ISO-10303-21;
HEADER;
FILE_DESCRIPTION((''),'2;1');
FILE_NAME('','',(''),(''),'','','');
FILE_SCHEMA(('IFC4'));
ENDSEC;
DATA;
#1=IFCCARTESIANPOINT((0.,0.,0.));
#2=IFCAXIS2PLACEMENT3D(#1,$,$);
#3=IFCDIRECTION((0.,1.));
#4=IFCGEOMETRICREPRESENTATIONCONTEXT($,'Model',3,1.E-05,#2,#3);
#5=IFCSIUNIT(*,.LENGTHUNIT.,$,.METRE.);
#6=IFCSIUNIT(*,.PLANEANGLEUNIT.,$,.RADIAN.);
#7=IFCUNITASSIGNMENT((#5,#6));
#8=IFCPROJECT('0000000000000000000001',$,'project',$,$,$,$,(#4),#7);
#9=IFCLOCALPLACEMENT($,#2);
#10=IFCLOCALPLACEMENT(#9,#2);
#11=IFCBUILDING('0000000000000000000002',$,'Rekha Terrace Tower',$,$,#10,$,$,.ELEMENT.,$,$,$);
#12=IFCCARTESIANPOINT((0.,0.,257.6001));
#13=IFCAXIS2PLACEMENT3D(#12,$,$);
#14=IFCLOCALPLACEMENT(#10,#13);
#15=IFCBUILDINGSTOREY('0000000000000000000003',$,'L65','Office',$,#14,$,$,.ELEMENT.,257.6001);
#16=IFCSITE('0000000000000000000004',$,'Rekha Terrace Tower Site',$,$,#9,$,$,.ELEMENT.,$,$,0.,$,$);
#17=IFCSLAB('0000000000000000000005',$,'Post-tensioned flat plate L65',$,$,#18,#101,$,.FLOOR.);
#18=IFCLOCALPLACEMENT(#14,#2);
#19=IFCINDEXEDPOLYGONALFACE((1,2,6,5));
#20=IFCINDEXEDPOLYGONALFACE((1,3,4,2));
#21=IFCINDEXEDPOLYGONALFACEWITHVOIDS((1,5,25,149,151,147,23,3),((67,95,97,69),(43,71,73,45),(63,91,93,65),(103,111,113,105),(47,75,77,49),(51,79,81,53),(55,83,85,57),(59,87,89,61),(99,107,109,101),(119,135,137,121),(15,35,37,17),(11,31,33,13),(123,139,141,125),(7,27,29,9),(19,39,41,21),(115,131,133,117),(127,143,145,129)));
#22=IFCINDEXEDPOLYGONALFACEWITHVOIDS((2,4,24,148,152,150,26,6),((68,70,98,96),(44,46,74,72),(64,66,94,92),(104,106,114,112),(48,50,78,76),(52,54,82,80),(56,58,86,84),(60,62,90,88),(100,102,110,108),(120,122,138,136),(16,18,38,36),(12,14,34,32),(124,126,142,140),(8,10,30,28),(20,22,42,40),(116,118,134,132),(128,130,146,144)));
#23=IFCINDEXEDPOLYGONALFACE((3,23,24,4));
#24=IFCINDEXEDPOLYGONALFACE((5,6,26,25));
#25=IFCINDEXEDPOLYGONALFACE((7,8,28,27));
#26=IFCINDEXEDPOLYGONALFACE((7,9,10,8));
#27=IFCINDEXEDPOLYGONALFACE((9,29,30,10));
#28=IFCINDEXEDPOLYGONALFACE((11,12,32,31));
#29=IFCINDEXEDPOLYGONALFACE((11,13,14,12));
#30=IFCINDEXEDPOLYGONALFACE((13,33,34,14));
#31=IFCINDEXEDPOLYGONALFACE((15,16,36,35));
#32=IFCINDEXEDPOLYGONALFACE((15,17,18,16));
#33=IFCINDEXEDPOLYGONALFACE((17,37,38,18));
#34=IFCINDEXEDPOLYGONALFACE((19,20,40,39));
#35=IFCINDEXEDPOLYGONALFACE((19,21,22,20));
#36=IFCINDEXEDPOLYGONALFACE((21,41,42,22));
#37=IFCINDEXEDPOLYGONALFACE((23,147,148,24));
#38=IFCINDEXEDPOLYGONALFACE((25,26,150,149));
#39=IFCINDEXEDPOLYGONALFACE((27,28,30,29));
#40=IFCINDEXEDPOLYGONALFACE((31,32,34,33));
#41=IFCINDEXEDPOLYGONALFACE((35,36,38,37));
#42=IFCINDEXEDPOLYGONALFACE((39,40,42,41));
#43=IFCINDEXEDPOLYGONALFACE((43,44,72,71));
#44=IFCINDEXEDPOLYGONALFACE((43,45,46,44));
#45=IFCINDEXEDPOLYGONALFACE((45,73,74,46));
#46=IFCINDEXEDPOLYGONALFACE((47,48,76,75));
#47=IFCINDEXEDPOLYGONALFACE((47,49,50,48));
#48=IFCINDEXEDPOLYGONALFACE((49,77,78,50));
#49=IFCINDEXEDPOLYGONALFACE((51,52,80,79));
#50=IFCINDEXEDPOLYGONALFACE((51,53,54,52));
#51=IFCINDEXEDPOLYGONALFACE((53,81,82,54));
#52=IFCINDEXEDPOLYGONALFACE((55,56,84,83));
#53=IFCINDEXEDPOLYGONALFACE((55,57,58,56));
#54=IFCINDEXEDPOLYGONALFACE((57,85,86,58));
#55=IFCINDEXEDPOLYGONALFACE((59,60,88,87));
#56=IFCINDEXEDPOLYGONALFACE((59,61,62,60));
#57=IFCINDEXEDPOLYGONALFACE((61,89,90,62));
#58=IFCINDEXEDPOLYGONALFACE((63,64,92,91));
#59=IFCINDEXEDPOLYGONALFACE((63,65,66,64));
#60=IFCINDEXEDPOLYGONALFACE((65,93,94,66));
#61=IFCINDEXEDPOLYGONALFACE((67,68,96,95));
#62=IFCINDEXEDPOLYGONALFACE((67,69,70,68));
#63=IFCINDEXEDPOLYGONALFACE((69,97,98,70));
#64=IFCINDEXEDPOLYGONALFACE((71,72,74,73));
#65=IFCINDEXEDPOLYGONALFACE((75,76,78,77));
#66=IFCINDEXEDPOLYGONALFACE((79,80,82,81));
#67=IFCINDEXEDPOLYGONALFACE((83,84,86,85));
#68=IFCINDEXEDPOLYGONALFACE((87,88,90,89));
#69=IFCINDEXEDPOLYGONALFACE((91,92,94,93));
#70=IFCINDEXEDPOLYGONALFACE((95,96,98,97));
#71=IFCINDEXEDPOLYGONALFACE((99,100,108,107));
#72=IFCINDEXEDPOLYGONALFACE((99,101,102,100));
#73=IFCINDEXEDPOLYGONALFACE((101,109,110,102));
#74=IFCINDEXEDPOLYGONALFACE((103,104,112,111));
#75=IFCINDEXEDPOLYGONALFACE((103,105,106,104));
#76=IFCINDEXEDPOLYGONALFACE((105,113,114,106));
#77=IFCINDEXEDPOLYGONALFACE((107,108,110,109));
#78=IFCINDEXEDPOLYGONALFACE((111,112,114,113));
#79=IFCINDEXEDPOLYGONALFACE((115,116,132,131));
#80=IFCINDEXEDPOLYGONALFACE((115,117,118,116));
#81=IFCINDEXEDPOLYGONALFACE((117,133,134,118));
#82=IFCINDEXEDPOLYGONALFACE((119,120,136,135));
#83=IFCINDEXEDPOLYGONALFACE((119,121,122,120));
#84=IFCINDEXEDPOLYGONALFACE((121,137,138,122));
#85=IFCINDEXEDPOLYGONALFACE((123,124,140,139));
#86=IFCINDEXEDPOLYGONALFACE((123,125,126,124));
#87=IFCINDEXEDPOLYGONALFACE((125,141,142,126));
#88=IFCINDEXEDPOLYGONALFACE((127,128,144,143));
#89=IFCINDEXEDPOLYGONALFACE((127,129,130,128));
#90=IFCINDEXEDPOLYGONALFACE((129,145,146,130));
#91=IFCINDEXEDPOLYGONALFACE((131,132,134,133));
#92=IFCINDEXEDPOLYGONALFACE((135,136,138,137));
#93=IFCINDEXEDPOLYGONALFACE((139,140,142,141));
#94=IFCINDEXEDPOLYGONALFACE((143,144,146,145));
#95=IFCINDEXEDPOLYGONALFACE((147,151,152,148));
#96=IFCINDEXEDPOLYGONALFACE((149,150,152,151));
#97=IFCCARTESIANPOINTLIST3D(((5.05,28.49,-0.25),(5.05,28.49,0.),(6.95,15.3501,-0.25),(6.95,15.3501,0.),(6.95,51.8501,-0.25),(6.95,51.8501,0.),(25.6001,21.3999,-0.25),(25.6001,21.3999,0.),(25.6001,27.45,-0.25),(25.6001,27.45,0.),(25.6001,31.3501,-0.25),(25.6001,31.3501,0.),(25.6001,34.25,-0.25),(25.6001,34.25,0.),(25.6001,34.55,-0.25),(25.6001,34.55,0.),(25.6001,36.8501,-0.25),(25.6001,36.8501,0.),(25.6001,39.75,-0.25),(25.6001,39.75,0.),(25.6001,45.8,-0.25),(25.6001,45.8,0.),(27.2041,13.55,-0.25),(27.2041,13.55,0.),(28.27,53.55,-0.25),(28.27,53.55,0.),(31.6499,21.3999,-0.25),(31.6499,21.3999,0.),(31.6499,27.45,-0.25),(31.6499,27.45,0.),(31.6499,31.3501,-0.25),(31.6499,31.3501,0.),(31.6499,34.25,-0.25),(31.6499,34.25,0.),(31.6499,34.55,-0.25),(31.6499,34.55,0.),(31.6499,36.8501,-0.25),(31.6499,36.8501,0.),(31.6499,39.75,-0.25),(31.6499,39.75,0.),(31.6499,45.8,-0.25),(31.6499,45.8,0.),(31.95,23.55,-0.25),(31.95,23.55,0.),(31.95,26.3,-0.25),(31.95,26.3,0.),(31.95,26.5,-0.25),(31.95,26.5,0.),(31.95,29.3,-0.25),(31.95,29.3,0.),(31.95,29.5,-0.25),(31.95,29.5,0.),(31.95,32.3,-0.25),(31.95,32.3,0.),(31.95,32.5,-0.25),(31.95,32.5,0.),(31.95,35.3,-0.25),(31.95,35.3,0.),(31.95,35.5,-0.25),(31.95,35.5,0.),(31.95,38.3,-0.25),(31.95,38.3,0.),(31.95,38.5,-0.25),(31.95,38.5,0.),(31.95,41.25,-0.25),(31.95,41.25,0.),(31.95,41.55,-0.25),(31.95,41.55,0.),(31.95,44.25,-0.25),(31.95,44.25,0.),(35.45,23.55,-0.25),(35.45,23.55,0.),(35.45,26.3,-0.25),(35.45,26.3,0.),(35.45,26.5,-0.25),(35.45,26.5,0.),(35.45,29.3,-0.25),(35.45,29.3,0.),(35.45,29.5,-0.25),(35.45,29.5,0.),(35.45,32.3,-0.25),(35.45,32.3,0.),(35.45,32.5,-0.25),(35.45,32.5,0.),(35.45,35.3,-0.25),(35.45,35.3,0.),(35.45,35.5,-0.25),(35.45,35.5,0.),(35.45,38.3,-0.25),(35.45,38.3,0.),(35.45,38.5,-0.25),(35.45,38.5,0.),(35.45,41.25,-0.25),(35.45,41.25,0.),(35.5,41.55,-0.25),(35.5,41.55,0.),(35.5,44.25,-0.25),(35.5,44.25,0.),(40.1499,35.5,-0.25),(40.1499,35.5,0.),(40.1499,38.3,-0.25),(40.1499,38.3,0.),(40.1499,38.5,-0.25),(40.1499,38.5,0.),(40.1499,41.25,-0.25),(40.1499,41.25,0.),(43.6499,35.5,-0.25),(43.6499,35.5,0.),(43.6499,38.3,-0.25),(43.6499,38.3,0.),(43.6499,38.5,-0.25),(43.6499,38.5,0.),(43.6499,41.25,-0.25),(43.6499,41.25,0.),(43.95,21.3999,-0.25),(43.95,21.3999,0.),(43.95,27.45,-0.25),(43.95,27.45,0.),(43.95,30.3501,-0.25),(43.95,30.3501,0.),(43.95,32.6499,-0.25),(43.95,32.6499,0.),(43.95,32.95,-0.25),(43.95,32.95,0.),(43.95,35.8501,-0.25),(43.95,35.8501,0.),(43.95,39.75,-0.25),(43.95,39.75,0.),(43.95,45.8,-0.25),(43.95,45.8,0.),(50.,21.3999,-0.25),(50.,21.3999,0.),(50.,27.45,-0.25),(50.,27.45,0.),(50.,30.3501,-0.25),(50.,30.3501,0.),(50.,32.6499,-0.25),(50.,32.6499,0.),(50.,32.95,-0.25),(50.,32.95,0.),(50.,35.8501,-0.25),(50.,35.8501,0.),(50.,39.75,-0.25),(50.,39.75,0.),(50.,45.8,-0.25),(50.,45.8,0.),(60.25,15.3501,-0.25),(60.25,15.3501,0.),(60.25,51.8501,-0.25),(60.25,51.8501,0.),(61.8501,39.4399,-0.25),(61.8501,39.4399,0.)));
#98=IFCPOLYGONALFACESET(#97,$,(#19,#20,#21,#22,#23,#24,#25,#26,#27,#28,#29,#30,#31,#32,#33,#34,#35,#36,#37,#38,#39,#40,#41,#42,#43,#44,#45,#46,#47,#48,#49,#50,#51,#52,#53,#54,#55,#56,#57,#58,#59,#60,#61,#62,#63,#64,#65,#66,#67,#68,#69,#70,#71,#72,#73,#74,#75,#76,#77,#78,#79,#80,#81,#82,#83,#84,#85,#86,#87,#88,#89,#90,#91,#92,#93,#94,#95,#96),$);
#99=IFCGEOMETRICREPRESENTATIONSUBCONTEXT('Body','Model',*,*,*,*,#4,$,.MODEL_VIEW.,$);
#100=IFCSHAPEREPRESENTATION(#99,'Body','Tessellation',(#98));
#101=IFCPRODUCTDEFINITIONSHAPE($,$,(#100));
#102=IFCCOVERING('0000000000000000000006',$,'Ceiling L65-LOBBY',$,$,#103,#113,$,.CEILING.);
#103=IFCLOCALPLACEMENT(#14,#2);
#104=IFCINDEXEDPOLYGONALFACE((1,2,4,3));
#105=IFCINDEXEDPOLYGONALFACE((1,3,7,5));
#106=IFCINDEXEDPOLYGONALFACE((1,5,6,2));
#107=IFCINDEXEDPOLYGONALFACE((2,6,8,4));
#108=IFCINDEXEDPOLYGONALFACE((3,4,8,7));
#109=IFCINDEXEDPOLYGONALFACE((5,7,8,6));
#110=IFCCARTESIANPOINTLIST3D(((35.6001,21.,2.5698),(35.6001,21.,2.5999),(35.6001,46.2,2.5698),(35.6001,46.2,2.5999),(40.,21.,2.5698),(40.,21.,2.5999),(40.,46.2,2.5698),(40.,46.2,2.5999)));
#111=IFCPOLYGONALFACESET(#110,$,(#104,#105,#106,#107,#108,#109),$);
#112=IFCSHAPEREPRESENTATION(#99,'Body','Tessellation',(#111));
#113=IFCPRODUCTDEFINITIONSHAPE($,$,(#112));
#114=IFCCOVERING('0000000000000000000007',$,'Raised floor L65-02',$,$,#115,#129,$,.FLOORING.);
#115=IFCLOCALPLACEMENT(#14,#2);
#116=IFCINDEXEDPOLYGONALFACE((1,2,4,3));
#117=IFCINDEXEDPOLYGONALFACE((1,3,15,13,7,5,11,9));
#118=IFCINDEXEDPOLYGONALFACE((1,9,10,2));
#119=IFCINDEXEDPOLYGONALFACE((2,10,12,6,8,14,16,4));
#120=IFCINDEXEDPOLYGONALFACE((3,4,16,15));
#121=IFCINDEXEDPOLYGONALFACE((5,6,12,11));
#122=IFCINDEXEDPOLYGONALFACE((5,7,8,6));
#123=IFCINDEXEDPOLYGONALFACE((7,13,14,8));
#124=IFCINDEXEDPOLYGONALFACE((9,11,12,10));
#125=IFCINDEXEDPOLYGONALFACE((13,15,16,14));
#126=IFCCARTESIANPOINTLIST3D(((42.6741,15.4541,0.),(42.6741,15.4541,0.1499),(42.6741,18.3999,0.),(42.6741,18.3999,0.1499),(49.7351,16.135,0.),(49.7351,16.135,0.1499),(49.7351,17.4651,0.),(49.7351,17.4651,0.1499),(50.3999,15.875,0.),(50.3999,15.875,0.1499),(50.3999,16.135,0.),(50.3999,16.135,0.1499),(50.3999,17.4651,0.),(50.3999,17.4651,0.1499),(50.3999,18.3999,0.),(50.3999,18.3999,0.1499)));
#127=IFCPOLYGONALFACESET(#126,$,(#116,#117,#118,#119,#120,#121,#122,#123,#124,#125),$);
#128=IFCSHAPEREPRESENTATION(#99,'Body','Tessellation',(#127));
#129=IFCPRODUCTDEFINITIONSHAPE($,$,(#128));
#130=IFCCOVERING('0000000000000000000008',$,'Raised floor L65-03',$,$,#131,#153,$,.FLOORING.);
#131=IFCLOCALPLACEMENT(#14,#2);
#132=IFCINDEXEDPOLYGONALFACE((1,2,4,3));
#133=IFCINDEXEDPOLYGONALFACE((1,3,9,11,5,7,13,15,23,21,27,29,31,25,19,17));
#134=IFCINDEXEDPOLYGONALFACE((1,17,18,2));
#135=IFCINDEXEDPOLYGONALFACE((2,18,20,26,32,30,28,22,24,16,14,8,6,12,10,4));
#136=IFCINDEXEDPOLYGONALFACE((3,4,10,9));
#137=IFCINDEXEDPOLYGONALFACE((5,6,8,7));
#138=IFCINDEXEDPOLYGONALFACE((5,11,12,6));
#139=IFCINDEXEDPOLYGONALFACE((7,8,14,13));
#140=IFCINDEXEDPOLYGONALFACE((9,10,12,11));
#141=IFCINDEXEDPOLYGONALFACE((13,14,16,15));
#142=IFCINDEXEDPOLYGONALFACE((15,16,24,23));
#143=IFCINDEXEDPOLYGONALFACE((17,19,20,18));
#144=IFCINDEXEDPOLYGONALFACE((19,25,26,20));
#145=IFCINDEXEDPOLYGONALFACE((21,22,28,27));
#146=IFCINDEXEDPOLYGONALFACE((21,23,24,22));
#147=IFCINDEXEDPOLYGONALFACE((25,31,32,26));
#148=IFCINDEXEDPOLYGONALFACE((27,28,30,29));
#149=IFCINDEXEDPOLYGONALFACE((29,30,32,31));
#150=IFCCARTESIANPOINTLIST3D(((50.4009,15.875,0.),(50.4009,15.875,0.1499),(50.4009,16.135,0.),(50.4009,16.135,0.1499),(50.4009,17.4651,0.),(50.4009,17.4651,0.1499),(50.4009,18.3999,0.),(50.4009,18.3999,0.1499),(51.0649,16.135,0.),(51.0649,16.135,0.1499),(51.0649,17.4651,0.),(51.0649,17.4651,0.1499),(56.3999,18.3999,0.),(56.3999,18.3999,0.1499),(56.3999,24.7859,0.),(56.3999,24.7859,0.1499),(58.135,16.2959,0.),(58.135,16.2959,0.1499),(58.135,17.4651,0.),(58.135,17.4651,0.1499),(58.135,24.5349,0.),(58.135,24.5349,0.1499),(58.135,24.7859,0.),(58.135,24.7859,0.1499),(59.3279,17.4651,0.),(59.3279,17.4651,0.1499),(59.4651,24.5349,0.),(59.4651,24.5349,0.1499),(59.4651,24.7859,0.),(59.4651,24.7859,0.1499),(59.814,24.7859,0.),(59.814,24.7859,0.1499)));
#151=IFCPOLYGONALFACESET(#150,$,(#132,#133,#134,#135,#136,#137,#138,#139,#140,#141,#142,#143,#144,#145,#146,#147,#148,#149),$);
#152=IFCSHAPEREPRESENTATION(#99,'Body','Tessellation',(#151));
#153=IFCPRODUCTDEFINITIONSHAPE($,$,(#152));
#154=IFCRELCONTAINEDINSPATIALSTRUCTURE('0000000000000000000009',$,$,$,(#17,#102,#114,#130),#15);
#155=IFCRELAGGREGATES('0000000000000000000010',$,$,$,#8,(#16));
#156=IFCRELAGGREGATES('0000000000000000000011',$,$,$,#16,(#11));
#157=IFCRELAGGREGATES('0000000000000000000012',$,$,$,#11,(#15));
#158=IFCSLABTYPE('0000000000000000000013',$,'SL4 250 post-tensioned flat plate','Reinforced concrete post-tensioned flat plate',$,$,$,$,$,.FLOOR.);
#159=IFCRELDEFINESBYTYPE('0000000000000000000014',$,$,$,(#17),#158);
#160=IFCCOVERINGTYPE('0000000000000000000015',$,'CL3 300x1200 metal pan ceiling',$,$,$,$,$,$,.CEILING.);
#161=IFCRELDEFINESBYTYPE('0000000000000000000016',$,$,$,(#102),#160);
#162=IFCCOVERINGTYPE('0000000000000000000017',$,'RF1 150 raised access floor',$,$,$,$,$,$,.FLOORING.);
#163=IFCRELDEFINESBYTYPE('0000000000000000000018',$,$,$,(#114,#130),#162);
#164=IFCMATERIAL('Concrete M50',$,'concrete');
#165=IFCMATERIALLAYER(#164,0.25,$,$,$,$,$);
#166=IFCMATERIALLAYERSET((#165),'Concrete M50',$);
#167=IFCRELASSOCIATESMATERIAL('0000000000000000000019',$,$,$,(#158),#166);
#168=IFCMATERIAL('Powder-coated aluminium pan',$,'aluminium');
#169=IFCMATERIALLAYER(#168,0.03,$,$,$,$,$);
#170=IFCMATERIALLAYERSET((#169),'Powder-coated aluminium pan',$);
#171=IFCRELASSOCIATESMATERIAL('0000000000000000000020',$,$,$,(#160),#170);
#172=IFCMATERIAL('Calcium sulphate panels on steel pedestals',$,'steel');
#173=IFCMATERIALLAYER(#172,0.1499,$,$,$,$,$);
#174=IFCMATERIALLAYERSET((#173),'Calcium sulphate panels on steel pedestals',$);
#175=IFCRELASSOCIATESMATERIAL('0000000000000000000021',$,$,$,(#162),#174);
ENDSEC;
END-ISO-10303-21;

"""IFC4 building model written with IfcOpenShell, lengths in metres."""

from ifc_helpers import new_model, si_unit, direction, frame, origin, place, context, subcontext, project, spatial, polyline, outline, extrude, material, layer, layer_set, type_object, element, save


model = new_model("IFC4")

# Units and contexts
model_context = context("Model", 3, precision=1e-05, world=origin(), true_north=direction((0.0, 1.0)))
body_context = subcontext(model_context, "Body", "Model", "MODEL_VIEW")
ifc_project = project(units=[si_unit("LENGTHUNIT", "METRE"), si_unit("PLANEANGLEUNIT", "RADIAN")], contexts=[model_context])

# Site, building, storey
site_placement = place(None, origin())
site = spatial("IfcSite", under=ifc_project, at=site_placement, Name="Rekha Terrace Tower Site", CompositionType="ELEMENT", RefElevation=0.0)
building_placement = place(site_placement, origin())
building = spatial("IfcBuilding", under=site, at=building_placement, Name="Rekha Terrace Tower", CompositionType="ELEMENT")
storey_placement = place(building_placement, frame((0.0, 0.0, 257.6001)))
storey = spatial("IfcBuildingStorey", under=building, at=storey_placement, Name="L65", Description="Office", CompositionType="ELEMENT", Elevation=257.6001)

# Slab
ifc_material_1 = material(Name="Concrete M50", Category="concrete")
ifc_layer_1 = layer(ifc_material_1, 0.25)
ifc_layer_set_1 = layer_set([ifc_layer_1], Name="Concrete M50")
slab_type_1 = type_object("IfcSlabType", Name="SL4 250 post-tensioned flat plate", Description="Reinforced concrete post-tensioned flat plate", PredefinedType="FLOOR", material=ifc_layer_set_1)
slab_1_placement = place(storey_placement, frame((0.0, 0.0, -0.25)))
element("IfcSlab", 1, at=slab_1_placement, inside=storey, type_object=slab_type_1, Name="Post-tensioned flat plate L65", PredefinedType="FLOOR", context=body_context, shape_type="SweptSolid", body=[
    extrude(outline(polyline([(5.05, 28.49), (6.95, 15.3501), (27.2041, 13.55), (60.25, 15.3501), (61.8501, 39.4399), (60.25, 51.8501), (28.27, 53.55), (6.95, 51.8501), (5.05, 28.49)]), holes=[polyline([(31.6499, 27.45), (31.6499, 21.3999), (25.6001, 21.3999), (25.6001, 27.45), (31.6499, 27.45)]), polyline([(35.45, 26.3), (35.45, 23.55), (31.95, 23.55), (31.95, 26.3), (35.45, 26.3)]), polyline([(35.45, 29.3), (35.45, 26.5), (31.95, 26.5), (31.95, 29.3), (35.45, 29.3)]), polyline([(35.45, 32.3), (35.45, 29.5), (31.95, 29.5), (31.95, 32.3), (35.45, 32.3)]), polyline([(31.6499, 34.25), (31.6499, 31.3501), (25.6001, 31.3501), (25.6001, 34.25), (31.6499, 34.25)]), polyline([(35.45, 35.3), (35.45, 32.5), (31.95, 32.5), (31.95, 35.3), (35.45, 35.3)]), polyline([(31.6499, 36.8501), (31.6499, 34.55), (25.6001, 34.55), (25.6001, 36.8501), (31.6499, 36.8501)]), polyline([(35.45, 38.3), (35.45, 35.5), (31.95, 35.5), (31.95, 38.3), (35.45, 38.3)]), polyline([(31.6499, 45.8), (31.6499, 39.75), (25.6001, 39.75), (25.6001, 45.8), (31.6499, 45.8)]), polyline([(50.0, 27.45), (50.0, 21.3999), (43.95, 21.3999), (43.95, 27.45), (50.0, 27.45)]), polyline([(50.0, 32.6499), (50.0, 30.3501), (43.95, 30.3501), (43.95, 32.6499), (50.0, 32.6499)]), polyline([(50.0, 35.8501), (50.0, 32.95), (43.95, 32.95), (43.95, 35.8501), (50.0, 35.8501)]), polyline([(43.6499, 38.3), (43.6499, 35.5), (40.1499, 35.5), (40.1499, 38.3), (43.6499, 38.3)]), polyline([(35.45, 41.25), (35.45, 38.5), (31.95, 38.5), (31.95, 41.25), (35.45, 41.25)]), polyline([(43.6499, 41.25), (43.6499, 38.5), (40.1499, 38.5), (40.1499, 41.25), (43.6499, 41.25)]), polyline([(50.0, 39.75), (43.95, 39.75), (43.95, 45.8), (50.0, 45.8), (50.0, 39.75)]), polyline([(35.5, 41.55), (31.95, 41.55), (31.95, 44.25), (35.5, 44.25), (35.5, 41.55)])]), origin(), (0.0, 0.0, 1.0), 0.25),
])

# Coverings
ifc_material_2 = material(Name="Powder-coated aluminium pan", Category="aluminium")
ifc_layer_2 = layer(ifc_material_2, 0.03)
ifc_layer_set_2 = layer_set([ifc_layer_2], Name="Powder-coated aluminium pan")
covering_type_1 = type_object("IfcCoveringType", Name="CL3 300x1200 metal pan ceiling", PredefinedType="CEILING", material=ifc_layer_set_2)
covering_1_placement = place(storey_placement, frame((0.0, 0.0, 2.5698)))
element("IfcCovering", 2, at=covering_1_placement, inside=storey, type_object=covering_type_1, Name="Ceiling L65-LOBBY", PredefinedType="CEILING", context=body_context, shape_type="SweptSolid", body=[
    extrude(outline(polyline([(40.0, 46.2), (35.6001, 46.2), (35.6001, 21.0), (40.0, 21.0), (40.0, 46.2)])), origin(), (0.0, 0.0, 1.0), 0.03),
])
ifc_material_3 = material(Name="Calcium sulphate panels on steel pedestals", Category="steel")
ifc_layer_3 = layer(ifc_material_3, 0.1499)
ifc_layer_set_3 = layer_set([ifc_layer_3], Name="Calcium sulphate panels on steel pedestals")
covering_type_2 = type_object("IfcCoveringType", Name="RF1 150 raised access floor", PredefinedType="FLOORING", material=ifc_layer_set_3)
covering_2_placement = place(storey_placement, origin())
element("IfcCovering", 3, at=covering_2_placement, inside=storey, type_object=covering_type_2, Name="Raised floor L65-02", PredefinedType="FLOORING", context=body_context, shape_type="SweptSolid", body=[
    extrude(outline(polyline([(49.7351, 17.4651), (50.3999, 17.4651), (50.3999, 18.3999), (42.6741, 18.3999), (42.6741, 15.4541), (50.3999, 15.875), (50.3999, 16.135), (49.7351, 16.135), (49.7351, 17.4651)])), origin(), (0.0, 0.0, 1.0), 0.1499),
])
covering_3_placement = place(storey_placement, origin())
element("IfcCovering", 4, at=covering_3_placement, inside=storey, type_object=covering_type_2, Name="Raised floor L65-03", PredefinedType="FLOORING", context=body_context, shape_type="SweptSolid", body=[
    extrude(outline(polyline([(58.135, 24.5349), (58.135, 24.7859), (56.3999, 24.7859), (56.3999, 18.3999), (50.4009, 18.3999), (50.4009, 17.4651), (51.0649, 17.4651), (51.0649, 16.135), (50.4009, 16.135), (50.4009, 15.875), (58.135, 16.2959), (58.135, 17.4651), (59.3279, 17.4651), (59.814, 24.7859), (59.4651, 24.7859), (59.4651, 24.5349), (58.135, 24.5349)])), origin(), (0.0, 0.0, 1.0), 0.1499),
])

save(model, "model.ifc")
